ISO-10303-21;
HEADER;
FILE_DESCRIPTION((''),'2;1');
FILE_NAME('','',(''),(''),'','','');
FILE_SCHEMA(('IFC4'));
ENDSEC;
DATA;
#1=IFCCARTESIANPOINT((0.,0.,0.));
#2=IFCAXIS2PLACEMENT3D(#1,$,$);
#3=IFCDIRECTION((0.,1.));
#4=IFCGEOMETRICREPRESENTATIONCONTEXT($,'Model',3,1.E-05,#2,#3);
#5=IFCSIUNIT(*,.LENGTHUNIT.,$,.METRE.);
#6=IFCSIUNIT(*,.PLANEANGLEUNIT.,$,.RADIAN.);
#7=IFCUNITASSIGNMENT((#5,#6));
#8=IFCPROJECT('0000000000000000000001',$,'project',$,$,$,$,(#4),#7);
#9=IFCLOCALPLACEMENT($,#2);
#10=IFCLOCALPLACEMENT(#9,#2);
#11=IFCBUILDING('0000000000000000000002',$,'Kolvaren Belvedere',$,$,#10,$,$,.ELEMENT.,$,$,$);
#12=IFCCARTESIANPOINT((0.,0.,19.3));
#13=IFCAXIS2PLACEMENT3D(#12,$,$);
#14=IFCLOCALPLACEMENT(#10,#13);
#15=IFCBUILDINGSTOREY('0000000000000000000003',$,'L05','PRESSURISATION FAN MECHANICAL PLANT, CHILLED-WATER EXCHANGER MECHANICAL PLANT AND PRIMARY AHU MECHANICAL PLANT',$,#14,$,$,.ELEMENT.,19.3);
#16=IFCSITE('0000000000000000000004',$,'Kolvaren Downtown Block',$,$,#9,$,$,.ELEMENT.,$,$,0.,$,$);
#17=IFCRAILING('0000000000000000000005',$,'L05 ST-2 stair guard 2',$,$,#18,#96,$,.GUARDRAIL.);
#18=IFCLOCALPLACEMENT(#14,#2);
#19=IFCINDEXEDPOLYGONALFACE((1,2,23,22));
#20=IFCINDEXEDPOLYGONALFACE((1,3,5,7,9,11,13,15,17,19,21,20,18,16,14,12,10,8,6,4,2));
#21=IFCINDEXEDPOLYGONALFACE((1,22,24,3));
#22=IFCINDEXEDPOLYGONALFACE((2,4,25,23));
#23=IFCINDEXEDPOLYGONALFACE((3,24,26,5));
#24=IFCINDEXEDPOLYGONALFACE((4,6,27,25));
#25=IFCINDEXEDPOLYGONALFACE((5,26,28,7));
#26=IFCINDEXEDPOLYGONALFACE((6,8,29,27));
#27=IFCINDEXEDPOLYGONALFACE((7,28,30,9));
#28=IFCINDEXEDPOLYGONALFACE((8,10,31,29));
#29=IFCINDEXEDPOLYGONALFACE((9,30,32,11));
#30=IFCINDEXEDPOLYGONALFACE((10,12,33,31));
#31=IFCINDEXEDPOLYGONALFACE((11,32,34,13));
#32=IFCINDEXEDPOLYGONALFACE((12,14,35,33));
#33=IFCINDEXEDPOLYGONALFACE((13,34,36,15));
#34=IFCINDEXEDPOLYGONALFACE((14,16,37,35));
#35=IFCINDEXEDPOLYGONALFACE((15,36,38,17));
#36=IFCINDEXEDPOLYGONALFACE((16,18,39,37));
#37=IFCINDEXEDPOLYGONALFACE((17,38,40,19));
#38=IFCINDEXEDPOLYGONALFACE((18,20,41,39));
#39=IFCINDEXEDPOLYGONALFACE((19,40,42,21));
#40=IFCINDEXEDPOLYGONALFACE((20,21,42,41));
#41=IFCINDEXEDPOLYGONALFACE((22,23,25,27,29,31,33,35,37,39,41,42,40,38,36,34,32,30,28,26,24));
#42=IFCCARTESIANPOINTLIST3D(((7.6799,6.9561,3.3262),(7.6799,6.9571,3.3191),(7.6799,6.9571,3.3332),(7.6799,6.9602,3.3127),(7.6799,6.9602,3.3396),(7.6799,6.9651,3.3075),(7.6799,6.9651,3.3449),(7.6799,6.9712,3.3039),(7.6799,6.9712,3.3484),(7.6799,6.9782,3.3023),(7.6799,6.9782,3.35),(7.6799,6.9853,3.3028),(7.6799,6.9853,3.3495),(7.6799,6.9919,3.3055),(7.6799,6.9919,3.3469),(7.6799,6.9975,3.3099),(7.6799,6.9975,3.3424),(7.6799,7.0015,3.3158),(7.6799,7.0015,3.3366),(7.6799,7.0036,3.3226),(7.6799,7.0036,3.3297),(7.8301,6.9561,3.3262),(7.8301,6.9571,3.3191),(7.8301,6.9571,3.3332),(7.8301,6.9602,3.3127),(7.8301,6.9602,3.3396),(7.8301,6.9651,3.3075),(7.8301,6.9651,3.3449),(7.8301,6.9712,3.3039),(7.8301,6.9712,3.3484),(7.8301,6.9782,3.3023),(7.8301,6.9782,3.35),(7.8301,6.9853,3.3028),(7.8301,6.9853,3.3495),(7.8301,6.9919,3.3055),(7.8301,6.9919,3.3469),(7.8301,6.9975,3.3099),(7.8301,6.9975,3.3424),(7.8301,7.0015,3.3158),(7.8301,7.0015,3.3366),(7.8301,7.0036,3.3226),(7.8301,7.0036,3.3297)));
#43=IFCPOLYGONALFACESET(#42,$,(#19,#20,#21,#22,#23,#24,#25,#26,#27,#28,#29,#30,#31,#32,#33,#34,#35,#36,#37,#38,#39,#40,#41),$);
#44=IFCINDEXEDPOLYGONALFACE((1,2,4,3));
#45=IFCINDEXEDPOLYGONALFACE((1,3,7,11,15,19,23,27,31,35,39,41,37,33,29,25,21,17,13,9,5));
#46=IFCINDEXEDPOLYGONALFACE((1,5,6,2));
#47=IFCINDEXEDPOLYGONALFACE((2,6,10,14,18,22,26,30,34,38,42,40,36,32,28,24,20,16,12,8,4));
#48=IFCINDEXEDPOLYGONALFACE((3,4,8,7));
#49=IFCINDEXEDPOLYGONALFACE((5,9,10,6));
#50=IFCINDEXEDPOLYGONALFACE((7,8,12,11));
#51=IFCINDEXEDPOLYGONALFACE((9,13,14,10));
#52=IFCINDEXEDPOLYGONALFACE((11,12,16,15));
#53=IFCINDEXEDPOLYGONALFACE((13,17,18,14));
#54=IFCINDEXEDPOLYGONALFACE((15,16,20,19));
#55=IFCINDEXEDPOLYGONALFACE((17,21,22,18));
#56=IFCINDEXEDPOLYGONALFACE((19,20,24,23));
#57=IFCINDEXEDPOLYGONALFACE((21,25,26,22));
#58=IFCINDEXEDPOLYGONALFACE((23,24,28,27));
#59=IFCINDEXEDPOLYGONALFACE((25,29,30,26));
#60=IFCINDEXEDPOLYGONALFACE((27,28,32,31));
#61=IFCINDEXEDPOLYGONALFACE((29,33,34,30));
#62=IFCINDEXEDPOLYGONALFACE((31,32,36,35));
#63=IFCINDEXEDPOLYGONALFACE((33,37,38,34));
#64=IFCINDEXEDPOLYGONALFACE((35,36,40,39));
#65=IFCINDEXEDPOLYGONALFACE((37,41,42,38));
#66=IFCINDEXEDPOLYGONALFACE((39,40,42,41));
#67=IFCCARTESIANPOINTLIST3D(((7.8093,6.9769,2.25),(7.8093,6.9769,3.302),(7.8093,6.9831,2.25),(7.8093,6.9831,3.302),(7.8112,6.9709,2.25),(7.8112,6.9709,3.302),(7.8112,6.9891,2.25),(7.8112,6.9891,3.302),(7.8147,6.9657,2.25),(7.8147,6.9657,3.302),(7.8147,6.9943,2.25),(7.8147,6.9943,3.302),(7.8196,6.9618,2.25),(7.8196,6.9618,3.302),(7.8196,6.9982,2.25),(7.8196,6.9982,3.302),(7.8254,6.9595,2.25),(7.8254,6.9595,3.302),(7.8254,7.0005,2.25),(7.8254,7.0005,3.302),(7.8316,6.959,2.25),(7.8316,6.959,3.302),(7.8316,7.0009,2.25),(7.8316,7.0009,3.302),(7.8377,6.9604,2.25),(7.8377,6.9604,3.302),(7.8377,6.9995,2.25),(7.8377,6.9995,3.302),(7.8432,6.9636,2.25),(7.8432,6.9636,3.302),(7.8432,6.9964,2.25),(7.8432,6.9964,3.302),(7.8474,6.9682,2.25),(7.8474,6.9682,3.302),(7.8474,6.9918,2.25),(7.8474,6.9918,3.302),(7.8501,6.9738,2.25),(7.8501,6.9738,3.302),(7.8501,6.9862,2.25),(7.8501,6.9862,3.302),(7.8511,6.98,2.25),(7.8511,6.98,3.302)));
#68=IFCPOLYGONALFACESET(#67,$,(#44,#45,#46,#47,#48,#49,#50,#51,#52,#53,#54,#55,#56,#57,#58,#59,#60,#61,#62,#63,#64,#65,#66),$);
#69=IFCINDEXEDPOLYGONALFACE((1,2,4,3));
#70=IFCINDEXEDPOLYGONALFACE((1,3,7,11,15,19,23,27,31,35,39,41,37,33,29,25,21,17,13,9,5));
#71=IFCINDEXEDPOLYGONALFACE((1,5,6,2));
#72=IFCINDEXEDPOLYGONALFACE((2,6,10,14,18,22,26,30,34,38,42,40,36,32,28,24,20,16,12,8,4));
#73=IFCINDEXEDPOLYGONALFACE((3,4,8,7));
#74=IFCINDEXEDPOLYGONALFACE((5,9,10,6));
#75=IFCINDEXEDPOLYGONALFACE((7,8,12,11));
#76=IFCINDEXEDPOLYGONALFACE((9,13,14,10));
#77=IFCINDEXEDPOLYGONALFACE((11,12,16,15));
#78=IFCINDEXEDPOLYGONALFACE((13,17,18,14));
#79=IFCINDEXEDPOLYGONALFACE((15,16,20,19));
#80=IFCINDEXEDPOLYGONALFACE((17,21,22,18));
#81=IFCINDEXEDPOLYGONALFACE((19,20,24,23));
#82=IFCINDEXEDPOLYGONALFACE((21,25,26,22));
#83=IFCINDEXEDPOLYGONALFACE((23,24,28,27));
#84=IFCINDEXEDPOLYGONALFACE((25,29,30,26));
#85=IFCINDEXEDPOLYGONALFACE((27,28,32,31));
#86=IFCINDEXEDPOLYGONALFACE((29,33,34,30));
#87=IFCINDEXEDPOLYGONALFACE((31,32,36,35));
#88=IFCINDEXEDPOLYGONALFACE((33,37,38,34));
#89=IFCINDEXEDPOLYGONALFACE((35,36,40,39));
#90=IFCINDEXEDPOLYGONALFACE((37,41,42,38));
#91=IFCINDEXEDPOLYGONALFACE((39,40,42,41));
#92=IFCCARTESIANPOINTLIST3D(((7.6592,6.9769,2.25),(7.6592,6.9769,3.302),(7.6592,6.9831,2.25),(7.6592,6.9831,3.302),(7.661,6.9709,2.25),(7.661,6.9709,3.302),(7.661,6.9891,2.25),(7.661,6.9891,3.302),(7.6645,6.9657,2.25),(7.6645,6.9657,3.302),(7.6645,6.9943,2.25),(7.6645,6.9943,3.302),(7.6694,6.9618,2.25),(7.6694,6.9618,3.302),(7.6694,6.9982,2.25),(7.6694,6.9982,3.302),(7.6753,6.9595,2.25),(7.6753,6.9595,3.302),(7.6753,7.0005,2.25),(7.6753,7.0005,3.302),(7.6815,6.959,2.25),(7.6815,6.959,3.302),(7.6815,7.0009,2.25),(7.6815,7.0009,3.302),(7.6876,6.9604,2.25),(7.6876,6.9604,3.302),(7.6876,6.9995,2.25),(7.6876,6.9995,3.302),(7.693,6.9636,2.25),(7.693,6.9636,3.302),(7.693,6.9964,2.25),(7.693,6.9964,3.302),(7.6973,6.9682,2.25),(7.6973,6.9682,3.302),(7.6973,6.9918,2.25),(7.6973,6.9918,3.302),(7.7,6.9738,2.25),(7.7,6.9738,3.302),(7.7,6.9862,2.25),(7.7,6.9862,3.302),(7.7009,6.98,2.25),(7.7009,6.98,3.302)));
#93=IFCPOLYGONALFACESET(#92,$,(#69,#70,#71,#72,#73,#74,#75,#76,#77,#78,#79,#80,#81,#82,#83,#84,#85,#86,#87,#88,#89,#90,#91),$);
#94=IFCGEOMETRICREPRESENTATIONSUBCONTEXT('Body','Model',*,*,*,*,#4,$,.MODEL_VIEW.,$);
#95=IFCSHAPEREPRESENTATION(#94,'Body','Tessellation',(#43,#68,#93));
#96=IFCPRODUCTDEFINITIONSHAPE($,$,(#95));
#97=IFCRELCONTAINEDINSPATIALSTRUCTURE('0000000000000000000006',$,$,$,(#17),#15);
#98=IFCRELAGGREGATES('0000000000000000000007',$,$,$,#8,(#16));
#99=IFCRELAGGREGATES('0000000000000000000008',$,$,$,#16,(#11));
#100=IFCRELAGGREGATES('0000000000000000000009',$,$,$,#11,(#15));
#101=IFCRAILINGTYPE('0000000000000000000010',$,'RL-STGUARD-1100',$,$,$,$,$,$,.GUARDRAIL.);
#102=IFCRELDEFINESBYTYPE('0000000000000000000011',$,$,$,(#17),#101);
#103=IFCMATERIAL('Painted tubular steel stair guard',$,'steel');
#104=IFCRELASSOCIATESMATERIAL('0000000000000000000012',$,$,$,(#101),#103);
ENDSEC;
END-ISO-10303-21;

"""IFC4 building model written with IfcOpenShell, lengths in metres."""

from ifc_helpers import new_model, si_unit, direction, frame, origin, origin_2d, place, context, subcontext, project, spatial, circle, extrude, material, type_object, element, save


model = new_model("IFC4")

# Units and contexts
model_context = context("Model", 3, precision=1e-05, world=origin(), true_north=direction((0.0, 1.0)))
body_context = subcontext(model_context, "Body", "Model", "MODEL_VIEW")
ifc_project = project(units=[si_unit("LENGTHUNIT", "METRE"), si_unit("PLANEANGLEUNIT", "RADIAN")], contexts=[model_context])

# Site, building, storey
site_placement = place(None, origin())
site = spatial("IfcSite", under=ifc_project, at=site_placement, Name="Kolvaren Downtown Block", CompositionType="ELEMENT", RefElevation=0.0)
building_placement = place(site_placement, origin())
building = spatial("IfcBuilding", under=site, at=building_placement, Name="Kolvaren Belvedere", CompositionType="ELEMENT")
storey_placement = place(building_placement, frame((0.0, 0.0, 19.3)))
storey = spatial("IfcBuildingStorey", under=building, at=storey_placement, Name="L05", Description="PRESSURISATION FAN MECHANICAL PLANT, CHILLED-WATER EXCHANGER MECHANICAL PLANT AND PRIMARY AHU MECHANICAL PLANT", CompositionType="ELEMENT", Elevation=19.3)

# Railing
ifc_material_1 = material(Name="Painted tubular steel stair guard", Category="steel")
railing_type_1 = type_object("IfcRailingType", Name="RL-STGUARD-1100", PredefinedType="GUARDRAIL", material=ifc_material_1)
railing_1_placement = place(storey_placement, frame((7.8301, 6.98, 2.25)))
element("IfcRailing", 1, at=railing_1_placement, inside=storey, type_object=railing_type_1, Name="L05 ST-2 stair guard 2", PredefinedType="GUARDRAIL", context=body_context, shape_type="SweptSolid", body=[
    extrude(circle(Radius=0.0239, at=origin_2d()), frame((0.0, 0.0, 1.0762), z_axis=(-1.0, 0.0, 0.0), x_axis=(0.0, -1.0, 0.0)), (0.0, 0.0, 1.0), 0.1501),
    extrude(circle(Radius=0.021, at=origin_2d()), origin(), (0.0, 0.0, 1.0), 1.052),
    extrude(circle(Radius=0.021, at=origin_2d()), frame((-0.1501, 0.0, 0.0)), (0.0, 0.0, 1.0), 1.052),
])

save(model, "model.ifc")
